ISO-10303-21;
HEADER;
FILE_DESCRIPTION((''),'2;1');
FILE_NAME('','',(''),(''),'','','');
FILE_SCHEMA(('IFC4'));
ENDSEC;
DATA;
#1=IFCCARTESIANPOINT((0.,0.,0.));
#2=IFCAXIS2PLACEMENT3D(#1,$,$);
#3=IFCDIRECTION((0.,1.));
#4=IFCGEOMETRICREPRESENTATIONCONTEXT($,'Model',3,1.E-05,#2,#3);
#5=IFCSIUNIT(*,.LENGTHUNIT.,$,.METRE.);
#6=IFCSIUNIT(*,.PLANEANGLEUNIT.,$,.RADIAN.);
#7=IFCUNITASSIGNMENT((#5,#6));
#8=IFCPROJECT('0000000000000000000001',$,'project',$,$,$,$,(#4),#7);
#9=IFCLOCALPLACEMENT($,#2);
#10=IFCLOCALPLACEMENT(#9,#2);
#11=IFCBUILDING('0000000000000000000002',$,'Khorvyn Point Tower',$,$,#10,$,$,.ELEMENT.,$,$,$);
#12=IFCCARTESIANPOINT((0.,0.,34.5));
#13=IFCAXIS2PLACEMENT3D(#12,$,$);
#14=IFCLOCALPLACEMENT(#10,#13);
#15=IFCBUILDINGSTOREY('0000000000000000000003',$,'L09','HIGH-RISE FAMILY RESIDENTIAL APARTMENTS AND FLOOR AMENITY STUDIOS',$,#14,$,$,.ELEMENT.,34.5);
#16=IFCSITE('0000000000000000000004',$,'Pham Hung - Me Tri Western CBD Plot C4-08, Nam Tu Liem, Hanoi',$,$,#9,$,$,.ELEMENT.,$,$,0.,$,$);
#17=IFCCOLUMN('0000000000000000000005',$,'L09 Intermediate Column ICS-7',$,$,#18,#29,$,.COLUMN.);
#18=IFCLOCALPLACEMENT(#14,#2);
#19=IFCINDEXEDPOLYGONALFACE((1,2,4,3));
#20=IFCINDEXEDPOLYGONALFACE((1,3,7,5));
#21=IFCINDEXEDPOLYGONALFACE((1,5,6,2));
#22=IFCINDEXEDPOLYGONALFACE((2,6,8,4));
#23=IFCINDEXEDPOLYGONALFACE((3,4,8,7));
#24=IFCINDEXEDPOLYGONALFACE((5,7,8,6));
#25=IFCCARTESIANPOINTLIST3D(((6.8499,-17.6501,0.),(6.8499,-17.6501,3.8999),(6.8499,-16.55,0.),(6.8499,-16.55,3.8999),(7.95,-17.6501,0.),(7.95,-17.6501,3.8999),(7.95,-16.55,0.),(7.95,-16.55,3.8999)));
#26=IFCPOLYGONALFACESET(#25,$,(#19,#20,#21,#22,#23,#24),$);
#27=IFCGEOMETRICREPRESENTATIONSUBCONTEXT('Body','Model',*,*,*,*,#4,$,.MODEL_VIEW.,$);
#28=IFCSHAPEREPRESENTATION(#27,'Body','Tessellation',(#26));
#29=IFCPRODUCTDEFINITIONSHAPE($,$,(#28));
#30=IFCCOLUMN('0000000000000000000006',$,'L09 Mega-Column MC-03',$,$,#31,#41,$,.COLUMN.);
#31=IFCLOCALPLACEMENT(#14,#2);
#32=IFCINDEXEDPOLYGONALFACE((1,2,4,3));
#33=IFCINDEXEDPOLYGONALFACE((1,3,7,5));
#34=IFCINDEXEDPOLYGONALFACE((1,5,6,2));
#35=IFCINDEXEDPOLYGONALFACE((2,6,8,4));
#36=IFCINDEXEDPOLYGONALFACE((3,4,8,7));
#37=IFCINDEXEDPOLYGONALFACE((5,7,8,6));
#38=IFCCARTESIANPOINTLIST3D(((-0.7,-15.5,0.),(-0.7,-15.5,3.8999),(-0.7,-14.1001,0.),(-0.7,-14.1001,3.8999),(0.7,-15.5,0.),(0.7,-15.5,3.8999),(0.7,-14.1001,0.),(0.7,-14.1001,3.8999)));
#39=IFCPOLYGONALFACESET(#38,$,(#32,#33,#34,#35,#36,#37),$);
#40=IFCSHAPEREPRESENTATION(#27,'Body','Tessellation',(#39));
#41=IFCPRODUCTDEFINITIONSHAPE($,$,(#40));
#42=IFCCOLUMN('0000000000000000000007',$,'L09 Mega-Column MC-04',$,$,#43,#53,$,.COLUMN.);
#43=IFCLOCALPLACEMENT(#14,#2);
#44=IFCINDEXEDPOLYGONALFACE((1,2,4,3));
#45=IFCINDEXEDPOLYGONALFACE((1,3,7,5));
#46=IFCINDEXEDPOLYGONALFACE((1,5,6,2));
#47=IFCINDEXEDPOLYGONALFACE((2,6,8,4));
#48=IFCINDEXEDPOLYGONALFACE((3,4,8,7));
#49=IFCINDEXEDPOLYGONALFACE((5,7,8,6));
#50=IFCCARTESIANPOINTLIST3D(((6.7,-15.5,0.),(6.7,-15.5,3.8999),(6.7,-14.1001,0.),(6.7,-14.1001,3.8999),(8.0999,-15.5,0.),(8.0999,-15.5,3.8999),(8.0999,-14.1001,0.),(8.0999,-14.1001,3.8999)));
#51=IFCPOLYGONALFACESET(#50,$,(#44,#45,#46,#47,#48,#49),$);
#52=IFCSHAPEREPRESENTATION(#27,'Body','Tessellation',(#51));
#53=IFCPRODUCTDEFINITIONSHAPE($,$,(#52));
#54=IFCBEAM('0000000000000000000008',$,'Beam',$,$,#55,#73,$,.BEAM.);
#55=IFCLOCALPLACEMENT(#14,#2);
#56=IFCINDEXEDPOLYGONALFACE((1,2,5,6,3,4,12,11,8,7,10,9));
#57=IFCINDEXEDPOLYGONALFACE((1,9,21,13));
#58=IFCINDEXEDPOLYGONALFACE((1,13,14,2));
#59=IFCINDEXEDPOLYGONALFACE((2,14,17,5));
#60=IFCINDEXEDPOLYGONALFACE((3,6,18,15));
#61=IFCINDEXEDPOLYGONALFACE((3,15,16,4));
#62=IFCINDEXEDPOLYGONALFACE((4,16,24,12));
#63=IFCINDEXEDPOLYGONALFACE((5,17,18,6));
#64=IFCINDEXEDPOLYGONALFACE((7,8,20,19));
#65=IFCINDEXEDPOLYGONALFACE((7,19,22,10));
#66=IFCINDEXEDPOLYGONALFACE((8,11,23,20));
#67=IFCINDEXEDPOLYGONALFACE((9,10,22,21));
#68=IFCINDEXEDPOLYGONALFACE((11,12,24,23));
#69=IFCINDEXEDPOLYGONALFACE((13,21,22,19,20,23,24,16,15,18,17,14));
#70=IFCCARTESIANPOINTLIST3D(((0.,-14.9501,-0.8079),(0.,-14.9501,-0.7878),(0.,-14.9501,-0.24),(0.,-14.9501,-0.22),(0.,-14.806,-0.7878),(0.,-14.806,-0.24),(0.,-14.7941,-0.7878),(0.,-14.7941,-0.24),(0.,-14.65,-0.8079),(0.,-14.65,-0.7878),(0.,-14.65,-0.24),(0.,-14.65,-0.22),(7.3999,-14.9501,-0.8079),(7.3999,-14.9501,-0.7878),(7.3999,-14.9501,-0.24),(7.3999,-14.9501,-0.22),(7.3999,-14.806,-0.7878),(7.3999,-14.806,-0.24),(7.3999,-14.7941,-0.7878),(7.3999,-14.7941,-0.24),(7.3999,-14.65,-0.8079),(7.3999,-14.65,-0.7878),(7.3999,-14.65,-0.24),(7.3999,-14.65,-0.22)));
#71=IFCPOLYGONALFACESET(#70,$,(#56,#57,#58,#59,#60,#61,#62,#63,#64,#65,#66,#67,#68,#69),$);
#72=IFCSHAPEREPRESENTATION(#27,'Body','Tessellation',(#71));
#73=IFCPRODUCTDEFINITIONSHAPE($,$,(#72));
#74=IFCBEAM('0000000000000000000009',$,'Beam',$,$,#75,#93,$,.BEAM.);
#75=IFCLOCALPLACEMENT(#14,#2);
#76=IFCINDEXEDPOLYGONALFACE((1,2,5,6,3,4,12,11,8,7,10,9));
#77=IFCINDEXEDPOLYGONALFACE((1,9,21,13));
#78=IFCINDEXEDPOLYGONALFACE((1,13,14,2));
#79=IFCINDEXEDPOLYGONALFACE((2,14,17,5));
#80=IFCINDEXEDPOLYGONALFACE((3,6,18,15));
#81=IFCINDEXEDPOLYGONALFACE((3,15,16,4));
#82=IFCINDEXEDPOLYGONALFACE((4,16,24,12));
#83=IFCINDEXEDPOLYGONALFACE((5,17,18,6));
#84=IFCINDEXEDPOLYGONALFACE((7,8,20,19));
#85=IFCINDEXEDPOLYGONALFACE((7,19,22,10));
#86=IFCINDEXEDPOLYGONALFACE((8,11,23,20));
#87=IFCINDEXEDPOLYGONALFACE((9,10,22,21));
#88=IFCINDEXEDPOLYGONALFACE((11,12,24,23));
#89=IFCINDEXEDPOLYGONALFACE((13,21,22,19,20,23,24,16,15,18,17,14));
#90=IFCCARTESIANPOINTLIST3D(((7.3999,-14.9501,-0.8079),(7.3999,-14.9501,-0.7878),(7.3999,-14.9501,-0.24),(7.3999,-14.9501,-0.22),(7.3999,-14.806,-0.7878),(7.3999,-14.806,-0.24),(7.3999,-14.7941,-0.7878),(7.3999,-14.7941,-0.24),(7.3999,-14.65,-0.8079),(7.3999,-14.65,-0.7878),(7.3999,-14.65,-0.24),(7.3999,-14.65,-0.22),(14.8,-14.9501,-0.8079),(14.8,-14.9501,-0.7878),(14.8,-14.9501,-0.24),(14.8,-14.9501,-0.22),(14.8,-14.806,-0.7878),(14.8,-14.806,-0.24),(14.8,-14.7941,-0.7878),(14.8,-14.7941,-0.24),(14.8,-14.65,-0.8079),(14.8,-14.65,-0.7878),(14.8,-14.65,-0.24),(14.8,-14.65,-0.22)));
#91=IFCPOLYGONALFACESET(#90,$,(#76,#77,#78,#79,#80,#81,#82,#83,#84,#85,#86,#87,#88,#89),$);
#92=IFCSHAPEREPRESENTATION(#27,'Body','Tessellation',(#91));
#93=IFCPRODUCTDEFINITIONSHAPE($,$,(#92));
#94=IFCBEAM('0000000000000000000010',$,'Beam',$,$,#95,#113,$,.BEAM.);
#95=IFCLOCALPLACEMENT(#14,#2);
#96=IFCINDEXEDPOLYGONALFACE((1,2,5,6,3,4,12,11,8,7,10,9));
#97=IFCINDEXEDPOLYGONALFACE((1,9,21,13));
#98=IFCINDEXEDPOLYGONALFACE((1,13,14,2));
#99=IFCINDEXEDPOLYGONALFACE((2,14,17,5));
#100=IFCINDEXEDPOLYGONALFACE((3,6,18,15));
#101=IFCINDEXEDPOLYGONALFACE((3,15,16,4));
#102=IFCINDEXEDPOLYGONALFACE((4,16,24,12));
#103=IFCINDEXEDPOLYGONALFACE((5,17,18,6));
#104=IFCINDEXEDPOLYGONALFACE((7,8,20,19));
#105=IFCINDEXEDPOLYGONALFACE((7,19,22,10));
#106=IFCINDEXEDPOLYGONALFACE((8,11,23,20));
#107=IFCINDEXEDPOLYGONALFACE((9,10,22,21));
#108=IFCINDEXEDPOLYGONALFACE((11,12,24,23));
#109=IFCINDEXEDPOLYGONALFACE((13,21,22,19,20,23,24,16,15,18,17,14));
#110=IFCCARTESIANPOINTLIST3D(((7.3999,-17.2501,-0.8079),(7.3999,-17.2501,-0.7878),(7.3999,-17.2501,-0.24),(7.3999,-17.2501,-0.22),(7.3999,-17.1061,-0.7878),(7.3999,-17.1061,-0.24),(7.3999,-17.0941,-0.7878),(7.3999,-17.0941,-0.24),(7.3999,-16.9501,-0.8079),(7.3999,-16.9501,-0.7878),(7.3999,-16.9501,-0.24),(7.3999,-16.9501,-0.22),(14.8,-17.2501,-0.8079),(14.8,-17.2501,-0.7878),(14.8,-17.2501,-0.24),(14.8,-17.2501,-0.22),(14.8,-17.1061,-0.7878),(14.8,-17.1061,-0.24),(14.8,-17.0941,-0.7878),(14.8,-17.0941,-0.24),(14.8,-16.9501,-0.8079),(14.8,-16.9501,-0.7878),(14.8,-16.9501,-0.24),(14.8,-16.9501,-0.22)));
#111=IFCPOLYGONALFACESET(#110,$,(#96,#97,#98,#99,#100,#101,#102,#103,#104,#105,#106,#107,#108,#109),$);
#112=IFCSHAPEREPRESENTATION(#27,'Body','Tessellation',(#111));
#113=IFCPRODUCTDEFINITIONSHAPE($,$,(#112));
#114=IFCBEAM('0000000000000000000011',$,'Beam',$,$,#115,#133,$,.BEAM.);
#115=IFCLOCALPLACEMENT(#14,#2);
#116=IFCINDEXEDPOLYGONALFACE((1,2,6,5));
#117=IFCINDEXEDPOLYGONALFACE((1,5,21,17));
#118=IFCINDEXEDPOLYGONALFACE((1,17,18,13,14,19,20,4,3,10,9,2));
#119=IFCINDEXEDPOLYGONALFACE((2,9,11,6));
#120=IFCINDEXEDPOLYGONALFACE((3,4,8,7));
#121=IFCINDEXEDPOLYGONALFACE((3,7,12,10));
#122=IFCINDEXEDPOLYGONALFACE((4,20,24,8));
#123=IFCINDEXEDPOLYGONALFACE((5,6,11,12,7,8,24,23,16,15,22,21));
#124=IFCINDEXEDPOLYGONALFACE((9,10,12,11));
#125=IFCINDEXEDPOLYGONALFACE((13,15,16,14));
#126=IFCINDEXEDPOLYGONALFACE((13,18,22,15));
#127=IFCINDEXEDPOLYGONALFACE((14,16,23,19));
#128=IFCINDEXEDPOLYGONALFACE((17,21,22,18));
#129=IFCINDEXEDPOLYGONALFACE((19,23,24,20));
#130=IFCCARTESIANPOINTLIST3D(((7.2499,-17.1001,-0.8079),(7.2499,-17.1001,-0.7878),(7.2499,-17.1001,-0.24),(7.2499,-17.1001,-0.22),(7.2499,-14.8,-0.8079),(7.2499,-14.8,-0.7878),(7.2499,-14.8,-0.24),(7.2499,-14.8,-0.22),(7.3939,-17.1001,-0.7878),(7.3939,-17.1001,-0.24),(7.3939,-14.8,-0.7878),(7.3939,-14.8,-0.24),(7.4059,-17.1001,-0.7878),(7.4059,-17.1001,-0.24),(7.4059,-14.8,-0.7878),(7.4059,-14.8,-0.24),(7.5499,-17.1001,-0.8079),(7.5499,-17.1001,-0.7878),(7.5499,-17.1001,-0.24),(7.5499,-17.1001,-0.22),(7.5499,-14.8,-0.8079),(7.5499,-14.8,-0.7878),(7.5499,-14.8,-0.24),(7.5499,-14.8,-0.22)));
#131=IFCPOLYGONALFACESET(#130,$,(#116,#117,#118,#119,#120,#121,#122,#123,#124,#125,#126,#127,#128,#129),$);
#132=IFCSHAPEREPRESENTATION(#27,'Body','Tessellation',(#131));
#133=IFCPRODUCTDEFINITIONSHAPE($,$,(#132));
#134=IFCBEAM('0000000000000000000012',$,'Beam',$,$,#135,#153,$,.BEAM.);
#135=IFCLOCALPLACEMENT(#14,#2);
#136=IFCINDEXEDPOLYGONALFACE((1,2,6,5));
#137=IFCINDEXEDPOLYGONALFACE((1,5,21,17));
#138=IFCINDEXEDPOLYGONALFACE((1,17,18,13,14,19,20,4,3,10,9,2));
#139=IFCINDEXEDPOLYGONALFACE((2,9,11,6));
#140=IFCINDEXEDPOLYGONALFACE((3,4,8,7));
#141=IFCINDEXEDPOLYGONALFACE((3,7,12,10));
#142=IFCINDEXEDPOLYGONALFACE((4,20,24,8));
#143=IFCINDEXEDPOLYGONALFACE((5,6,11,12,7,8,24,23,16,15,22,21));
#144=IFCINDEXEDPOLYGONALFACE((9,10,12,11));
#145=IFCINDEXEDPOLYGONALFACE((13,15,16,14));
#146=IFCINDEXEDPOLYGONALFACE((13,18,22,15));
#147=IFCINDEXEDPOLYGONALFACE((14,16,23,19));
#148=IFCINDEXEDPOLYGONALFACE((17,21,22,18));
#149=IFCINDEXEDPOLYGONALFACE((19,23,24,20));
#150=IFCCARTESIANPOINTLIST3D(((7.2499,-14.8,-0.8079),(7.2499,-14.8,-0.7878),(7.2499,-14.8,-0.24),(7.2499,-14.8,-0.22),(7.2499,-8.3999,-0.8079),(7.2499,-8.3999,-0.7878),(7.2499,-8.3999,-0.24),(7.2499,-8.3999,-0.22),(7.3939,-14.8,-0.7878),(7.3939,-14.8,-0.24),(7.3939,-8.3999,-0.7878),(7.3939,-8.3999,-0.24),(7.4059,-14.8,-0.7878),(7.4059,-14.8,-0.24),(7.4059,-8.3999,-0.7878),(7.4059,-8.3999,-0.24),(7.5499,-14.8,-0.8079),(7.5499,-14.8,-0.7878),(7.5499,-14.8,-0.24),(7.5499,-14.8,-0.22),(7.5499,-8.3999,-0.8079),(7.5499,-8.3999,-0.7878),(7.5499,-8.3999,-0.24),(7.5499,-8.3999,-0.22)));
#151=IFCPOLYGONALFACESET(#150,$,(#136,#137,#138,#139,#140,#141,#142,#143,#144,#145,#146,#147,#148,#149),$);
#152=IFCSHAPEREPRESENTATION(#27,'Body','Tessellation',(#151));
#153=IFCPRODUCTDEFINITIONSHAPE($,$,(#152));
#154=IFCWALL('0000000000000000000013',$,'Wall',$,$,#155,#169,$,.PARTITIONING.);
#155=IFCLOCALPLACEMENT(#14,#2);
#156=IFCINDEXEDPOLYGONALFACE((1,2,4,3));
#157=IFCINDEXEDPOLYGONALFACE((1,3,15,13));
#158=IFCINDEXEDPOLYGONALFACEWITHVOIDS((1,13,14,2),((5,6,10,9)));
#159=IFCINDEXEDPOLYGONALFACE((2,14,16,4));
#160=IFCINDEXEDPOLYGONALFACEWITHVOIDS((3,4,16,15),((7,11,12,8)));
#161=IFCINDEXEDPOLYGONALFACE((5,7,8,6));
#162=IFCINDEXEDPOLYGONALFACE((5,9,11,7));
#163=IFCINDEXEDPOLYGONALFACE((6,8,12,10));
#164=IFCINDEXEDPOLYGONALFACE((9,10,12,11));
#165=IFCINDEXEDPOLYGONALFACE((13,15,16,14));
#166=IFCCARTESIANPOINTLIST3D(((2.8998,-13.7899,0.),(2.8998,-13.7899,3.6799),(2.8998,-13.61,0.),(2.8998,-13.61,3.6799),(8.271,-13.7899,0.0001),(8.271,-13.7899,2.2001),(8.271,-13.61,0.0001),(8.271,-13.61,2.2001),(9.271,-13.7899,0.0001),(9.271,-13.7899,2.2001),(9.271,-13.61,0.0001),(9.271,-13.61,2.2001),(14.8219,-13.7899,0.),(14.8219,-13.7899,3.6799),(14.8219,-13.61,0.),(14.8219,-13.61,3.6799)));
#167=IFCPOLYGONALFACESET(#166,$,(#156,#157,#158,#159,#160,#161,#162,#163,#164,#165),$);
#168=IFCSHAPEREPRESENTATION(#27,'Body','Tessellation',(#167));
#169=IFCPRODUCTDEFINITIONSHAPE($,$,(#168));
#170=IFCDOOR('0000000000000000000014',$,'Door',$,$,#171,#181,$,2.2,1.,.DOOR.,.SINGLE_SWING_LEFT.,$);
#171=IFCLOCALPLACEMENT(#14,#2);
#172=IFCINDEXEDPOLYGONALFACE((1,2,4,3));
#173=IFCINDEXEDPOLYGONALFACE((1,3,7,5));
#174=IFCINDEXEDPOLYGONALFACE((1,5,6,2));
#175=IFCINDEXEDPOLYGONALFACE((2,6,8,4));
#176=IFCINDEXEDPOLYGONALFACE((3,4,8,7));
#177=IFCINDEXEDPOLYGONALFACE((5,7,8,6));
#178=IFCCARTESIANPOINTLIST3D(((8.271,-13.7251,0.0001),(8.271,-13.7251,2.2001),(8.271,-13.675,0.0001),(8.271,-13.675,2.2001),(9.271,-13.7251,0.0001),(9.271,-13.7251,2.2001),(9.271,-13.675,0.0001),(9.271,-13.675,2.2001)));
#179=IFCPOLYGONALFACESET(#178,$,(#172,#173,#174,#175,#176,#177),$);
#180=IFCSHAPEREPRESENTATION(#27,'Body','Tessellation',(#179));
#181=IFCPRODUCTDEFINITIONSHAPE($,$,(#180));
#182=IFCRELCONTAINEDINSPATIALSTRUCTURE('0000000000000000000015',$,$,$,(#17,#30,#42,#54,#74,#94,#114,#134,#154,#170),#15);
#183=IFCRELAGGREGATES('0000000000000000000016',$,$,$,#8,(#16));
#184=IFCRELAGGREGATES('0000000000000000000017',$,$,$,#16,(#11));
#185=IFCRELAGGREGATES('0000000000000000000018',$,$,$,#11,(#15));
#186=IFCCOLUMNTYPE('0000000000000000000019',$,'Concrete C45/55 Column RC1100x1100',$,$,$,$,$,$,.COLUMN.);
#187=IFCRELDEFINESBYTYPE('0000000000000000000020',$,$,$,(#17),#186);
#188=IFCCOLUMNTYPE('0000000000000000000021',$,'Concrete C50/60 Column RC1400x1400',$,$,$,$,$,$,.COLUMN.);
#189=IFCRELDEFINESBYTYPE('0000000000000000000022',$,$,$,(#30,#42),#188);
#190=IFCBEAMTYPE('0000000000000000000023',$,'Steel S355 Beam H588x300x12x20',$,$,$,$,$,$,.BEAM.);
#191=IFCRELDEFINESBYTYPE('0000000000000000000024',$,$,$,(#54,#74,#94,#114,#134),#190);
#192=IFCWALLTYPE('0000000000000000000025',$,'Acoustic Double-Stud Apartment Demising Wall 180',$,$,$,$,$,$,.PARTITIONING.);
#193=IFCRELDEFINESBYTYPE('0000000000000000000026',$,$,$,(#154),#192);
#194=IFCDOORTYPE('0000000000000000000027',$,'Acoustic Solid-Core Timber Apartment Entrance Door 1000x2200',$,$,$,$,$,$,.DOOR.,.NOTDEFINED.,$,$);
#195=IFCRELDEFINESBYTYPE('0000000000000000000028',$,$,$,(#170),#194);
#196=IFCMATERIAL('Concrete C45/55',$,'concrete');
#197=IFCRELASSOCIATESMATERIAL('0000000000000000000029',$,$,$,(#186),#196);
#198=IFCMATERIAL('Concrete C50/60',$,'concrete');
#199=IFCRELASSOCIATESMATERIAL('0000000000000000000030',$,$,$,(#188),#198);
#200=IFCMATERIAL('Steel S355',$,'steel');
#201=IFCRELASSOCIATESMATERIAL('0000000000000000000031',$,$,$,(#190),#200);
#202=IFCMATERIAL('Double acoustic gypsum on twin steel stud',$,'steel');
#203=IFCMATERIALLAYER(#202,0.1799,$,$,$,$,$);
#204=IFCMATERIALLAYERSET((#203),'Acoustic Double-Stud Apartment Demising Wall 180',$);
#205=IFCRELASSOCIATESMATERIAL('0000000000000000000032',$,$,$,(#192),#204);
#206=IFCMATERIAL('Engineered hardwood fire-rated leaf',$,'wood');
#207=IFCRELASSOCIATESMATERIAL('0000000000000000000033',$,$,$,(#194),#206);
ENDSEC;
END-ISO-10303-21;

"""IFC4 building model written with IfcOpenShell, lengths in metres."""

from ifc_helpers import new_model, si_unit, direction, frame, frame_2d, origin, origin_2d, place, context, subcontext, project, spatial, rectangle, i_section, extrude, material, layer, layer_set, material_profile, profile_set, type_object, element, fill, save


model = new_model("IFC4")

# Units and contexts
model_context = context("Model", 3, precision=1e-05, world=origin(), true_north=direction((0.0, 1.0)))
body_context = subcontext(model_context, "Body", "Model", "MODEL_VIEW")
ifc_project = project(units=[si_unit("LENGTHUNIT", "METRE"), si_unit("PLANEANGLEUNIT", "RADIAN")], contexts=[model_context])

# Site, building, storey
site_placement = place(None, origin())
site = spatial("IfcSite", under=ifc_project, at=site_placement, Name="Pham Hung - Me Tri Western CBD Plot C4-08, Nam Tu Liem, Hanoi", CompositionType="ELEMENT", RefElevation=0.0)
building_placement = place(site_placement, origin())
building = spatial("IfcBuilding", under=site, at=building_placement, Name="Khorvyn Point Tower", CompositionType="ELEMENT")
storey_placement = place(building_placement, frame((0.0, 0.0, 34.5)))
storey = spatial("IfcBuildingStorey", under=building, at=storey_placement, Name="L09", Description="HIGH-RISE FAMILY RESIDENTIAL APARTMENTS AND FLOOR AMENITY STUDIOS", CompositionType="ELEMENT", Elevation=34.5)

# Columns
ifc_material_1 = material(Name="Concrete C45/55", Category="concrete")
ifc_material_profile_1 = material_profile(ifc_material_1, rectangle(XDim=1.1001, YDim=1.1001, at=origin_2d()))
ifc_profile_set_1 = profile_set([ifc_material_profile_1], Name="Concrete C45/55 RC1100x1100")
column_type_1 = type_object("IfcColumnType", Name="Concrete C45/55 Column RC1100x1100", PredefinedType="COLUMN", material=ifc_profile_set_1)
column_placement = place(storey_placement, frame((7.3999, -17.1001, 0.0), z_axis=(0.0, 0.0, 1.0), x_axis=(1.0, 0.0, 0.0)))
element("IfcColumn", 1, at=column_placement, inside=storey, type_object=column_type_1, Name="L09 Intermediate Column ICS-7", PredefinedType="COLUMN", context=body_context, shape_type="SweptSolid", body=[
    extrude(rectangle(XDim=1.1001, YDim=1.1001, at=origin_2d()), origin(), (0.0, 0.0, 1.0), 3.8999),
])
ifc_material_2 = material(Name="Concrete C50/60", Category="concrete")
ifc_material_profile_2 = material_profile(ifc_material_2, rectangle(XDim=1.3999, YDim=1.3999, at=origin_2d()))
ifc_profile_set_2 = profile_set([ifc_material_profile_2], Name="Concrete C50/60 RC1400x1400")
column_type_2 = type_object("IfcColumnType", Name="Concrete C50/60 Column RC1400x1400", PredefinedType="COLUMN", material=ifc_profile_set_2)
for number, where, z_axis, x_axis, name in (
    (2, (0.0, -14.8, 0.0), (0.0, 0.0, 1.0), (1.0, 0.0, 0.0), "L09 Mega-Column MC-03"),
    (3, (7.3999, -14.8, 0.0), (0.0, 0.0, 1.0), (1.0, 0.0, 0.0), "L09 Mega-Column MC-04"),
):
    element("IfcColumn", number, at=place(storey_placement, frame(where, z_axis=z_axis, x_axis=x_axis)), inside=storey, type_object=column_type_2, Name=name, PredefinedType="COLUMN", context=body_context, shape_type="SweptSolid", body=[
        extrude(rectangle(XDim=1.3999, YDim=1.3999, at=origin_2d()), origin(), (0.0, 0.0, 1.0), 3.8999),
    ])

# Beams
ifc_material_3 = material(Name="Steel S355", Category="steel")
ifc_material_profile_3 = material_profile(ifc_material_3, i_section(OverallWidth=0.3, OverallDepth=0.5879, WebThickness=0.012, FlangeThickness=0.02, at=origin_2d()))
ifc_profile_set_3 = profile_set([ifc_material_profile_3], Name="Steel S355 H588x300x12x20")
beam_type = type_object("IfcBeamType", Name="Steel S355 Beam H588x300x12x20", PredefinedType="BEAM", material=ifc_profile_set_3)
beam_1_placement = place(storey_placement, frame((0.0, -14.8, -0.5139), z_axis=(1.0, 0.0, 0.0), x_axis=(0.0, 1.0, 0.0)))
element("IfcBeam", 4, at=beam_1_placement, inside=storey, type_object=beam_type, Name="Beam", PredefinedType="BEAM", context=body_context, shape_type="SweptSolid", body=[
    extrude(i_section(OverallWidth=0.3, OverallDepth=0.5879, WebThickness=0.012, FlangeThickness=0.02, at=origin_2d()), origin(), (0.0, 0.0, 1.0), 7.3999),
])
for number, where, z_axis, x_axis, name in (
    (5, (7.3999, -14.8, -0.5139), (1.0, 0.0, 0.0), (0.0, 1.0, 0.0), "Beam"),
    (6, (7.3999, -17.1001, -0.5139), (1.0, 0.0, 0.0), (0.0, 1.0, 0.0), "Beam"),
):
    element("IfcBeam", number, at=place(storey_placement, frame(where, z_axis=z_axis, x_axis=x_axis)), inside=storey, type_object=beam_type, Name=name, PredefinedType="BEAM", context=body_context, shape_type="SweptSolid", body=[
        extrude(i_section(OverallWidth=0.3, OverallDepth=0.5879, WebThickness=0.012, FlangeThickness=0.02, at=origin_2d()), origin(), (0.0, 0.0, 1.0), 7.4001),
    ])
beam_2_placement = place(storey_placement, frame((7.3999, -17.1001, -0.5139), z_axis=(0.0, 1.0, 0.0), x_axis=(-1.0, 0.0, 0.0)))
element("IfcBeam", 7, at=beam_2_placement, inside=storey, type_object=beam_type, Name="Beam", PredefinedType="BEAM", context=body_context, shape_type="SweptSolid", body=[
    extrude(i_section(OverallWidth=0.3, OverallDepth=0.5879, WebThickness=0.012, FlangeThickness=0.02, at=origin_2d()), origin(), (0.0, 0.0, 1.0), 2.3),
])
beam_3_placement = place(storey_placement, frame((7.3999, -14.8, -0.5139), z_axis=(0.0, 1.0, 0.0), x_axis=(-1.0, 0.0, 0.0)))
element("IfcBeam", 8, at=beam_3_placement, inside=storey, type_object=beam_type, Name="Beam", PredefinedType="BEAM", context=body_context, shape_type="SweptSolid", body=[
    extrude(i_section(OverallWidth=0.3, OverallDepth=0.5879, WebThickness=0.012, FlangeThickness=0.02, at=origin_2d()), origin(), (0.0, 0.0, 1.0), 6.4001),
])

# Wall, opening, door
ifc_material_4 = material(Name="Double acoustic gypsum on twin steel stud", Category="steel")
ifc_layer_1 = layer(ifc_material_4, 0.1799)
ifc_layer_set_1 = layer_set([ifc_layer_1], Name="Acoustic Double-Stud Apartment Demising Wall 180")
wall_type_1 = type_object("IfcWallType", Name="Acoustic Double-Stud Apartment Demising Wall 180", PredefinedType="PARTITIONING", material=ifc_layer_set_1)
wall_1_placement = place(storey_placement, frame((2.8999, -13.7, 0.0), z_axis=(0.0, 0.0, 1.0), x_axis=(1.0, 0.0, 0.0)))
wall_1 = element("IfcWall", 9, at=wall_1_placement, inside=storey, type_object=wall_type_1, Name="Wall", PredefinedType="PARTITIONING", context=body_context, shape_type="SweptSolid", body=[
    extrude(rectangle(XDim=11.9221, YDim=0.1799, at=frame_2d((5.9609, 0.0))), origin(), (0.0, 0.0, 1.0), 3.6799),
])
opening_1_placement = place(wall_1_placement, frame((5.3711, 0.0, 0.0)))
opening_1 = element("IfcOpeningElement", 10, at=opening_1_placement, cuts=wall_1, PredefinedType="OPENING", context=body_context, shape_type="SweptSolid", body=[
    extrude(rectangle(XDim=1.0, YDim=2.2, at=frame_2d((0.5, 1.1001))), frame((0.0, 0.0999, 0.0), z_axis=(0.0, -1.0, 0.0), x_axis=(1.0, 0.0, 0.0)), (0.0, 0.0, 1.0), 0.2),
])
ifc_material_5 = material(Name="Engineered hardwood fire-rated leaf", Category="wood")
door_type_1 = type_object("IfcDoorType", Name="Acoustic Solid-Core Timber Apartment Entrance Door 1000x2200", OperationType="NOTDEFINED", PredefinedType="DOOR", material=ifc_material_5)
door_1_placement = place(opening_1_placement, origin())
door_1 = element("IfcDoor", 11, at=door_1_placement, inside=storey, type_object=door_type_1, Name="Door", OperationType="SINGLE_SWING_LEFT", OverallHeight=2.2, OverallWidth=1.0, PredefinedType="DOOR", context=body_context, shape_type="SweptSolid", body=[
    extrude(rectangle(XDim=1.0, YDim=2.2, at=frame_2d((0.5, 1.1001))), frame((0.0, 0.0249, 0.0), z_axis=(0.0, -1.0, 0.0), x_axis=(1.0, 0.0, 0.0)), (0.0, 0.0, 1.0), 0.05),
])
fill(opening_1, door_1)

save(model, "model.ifc")
